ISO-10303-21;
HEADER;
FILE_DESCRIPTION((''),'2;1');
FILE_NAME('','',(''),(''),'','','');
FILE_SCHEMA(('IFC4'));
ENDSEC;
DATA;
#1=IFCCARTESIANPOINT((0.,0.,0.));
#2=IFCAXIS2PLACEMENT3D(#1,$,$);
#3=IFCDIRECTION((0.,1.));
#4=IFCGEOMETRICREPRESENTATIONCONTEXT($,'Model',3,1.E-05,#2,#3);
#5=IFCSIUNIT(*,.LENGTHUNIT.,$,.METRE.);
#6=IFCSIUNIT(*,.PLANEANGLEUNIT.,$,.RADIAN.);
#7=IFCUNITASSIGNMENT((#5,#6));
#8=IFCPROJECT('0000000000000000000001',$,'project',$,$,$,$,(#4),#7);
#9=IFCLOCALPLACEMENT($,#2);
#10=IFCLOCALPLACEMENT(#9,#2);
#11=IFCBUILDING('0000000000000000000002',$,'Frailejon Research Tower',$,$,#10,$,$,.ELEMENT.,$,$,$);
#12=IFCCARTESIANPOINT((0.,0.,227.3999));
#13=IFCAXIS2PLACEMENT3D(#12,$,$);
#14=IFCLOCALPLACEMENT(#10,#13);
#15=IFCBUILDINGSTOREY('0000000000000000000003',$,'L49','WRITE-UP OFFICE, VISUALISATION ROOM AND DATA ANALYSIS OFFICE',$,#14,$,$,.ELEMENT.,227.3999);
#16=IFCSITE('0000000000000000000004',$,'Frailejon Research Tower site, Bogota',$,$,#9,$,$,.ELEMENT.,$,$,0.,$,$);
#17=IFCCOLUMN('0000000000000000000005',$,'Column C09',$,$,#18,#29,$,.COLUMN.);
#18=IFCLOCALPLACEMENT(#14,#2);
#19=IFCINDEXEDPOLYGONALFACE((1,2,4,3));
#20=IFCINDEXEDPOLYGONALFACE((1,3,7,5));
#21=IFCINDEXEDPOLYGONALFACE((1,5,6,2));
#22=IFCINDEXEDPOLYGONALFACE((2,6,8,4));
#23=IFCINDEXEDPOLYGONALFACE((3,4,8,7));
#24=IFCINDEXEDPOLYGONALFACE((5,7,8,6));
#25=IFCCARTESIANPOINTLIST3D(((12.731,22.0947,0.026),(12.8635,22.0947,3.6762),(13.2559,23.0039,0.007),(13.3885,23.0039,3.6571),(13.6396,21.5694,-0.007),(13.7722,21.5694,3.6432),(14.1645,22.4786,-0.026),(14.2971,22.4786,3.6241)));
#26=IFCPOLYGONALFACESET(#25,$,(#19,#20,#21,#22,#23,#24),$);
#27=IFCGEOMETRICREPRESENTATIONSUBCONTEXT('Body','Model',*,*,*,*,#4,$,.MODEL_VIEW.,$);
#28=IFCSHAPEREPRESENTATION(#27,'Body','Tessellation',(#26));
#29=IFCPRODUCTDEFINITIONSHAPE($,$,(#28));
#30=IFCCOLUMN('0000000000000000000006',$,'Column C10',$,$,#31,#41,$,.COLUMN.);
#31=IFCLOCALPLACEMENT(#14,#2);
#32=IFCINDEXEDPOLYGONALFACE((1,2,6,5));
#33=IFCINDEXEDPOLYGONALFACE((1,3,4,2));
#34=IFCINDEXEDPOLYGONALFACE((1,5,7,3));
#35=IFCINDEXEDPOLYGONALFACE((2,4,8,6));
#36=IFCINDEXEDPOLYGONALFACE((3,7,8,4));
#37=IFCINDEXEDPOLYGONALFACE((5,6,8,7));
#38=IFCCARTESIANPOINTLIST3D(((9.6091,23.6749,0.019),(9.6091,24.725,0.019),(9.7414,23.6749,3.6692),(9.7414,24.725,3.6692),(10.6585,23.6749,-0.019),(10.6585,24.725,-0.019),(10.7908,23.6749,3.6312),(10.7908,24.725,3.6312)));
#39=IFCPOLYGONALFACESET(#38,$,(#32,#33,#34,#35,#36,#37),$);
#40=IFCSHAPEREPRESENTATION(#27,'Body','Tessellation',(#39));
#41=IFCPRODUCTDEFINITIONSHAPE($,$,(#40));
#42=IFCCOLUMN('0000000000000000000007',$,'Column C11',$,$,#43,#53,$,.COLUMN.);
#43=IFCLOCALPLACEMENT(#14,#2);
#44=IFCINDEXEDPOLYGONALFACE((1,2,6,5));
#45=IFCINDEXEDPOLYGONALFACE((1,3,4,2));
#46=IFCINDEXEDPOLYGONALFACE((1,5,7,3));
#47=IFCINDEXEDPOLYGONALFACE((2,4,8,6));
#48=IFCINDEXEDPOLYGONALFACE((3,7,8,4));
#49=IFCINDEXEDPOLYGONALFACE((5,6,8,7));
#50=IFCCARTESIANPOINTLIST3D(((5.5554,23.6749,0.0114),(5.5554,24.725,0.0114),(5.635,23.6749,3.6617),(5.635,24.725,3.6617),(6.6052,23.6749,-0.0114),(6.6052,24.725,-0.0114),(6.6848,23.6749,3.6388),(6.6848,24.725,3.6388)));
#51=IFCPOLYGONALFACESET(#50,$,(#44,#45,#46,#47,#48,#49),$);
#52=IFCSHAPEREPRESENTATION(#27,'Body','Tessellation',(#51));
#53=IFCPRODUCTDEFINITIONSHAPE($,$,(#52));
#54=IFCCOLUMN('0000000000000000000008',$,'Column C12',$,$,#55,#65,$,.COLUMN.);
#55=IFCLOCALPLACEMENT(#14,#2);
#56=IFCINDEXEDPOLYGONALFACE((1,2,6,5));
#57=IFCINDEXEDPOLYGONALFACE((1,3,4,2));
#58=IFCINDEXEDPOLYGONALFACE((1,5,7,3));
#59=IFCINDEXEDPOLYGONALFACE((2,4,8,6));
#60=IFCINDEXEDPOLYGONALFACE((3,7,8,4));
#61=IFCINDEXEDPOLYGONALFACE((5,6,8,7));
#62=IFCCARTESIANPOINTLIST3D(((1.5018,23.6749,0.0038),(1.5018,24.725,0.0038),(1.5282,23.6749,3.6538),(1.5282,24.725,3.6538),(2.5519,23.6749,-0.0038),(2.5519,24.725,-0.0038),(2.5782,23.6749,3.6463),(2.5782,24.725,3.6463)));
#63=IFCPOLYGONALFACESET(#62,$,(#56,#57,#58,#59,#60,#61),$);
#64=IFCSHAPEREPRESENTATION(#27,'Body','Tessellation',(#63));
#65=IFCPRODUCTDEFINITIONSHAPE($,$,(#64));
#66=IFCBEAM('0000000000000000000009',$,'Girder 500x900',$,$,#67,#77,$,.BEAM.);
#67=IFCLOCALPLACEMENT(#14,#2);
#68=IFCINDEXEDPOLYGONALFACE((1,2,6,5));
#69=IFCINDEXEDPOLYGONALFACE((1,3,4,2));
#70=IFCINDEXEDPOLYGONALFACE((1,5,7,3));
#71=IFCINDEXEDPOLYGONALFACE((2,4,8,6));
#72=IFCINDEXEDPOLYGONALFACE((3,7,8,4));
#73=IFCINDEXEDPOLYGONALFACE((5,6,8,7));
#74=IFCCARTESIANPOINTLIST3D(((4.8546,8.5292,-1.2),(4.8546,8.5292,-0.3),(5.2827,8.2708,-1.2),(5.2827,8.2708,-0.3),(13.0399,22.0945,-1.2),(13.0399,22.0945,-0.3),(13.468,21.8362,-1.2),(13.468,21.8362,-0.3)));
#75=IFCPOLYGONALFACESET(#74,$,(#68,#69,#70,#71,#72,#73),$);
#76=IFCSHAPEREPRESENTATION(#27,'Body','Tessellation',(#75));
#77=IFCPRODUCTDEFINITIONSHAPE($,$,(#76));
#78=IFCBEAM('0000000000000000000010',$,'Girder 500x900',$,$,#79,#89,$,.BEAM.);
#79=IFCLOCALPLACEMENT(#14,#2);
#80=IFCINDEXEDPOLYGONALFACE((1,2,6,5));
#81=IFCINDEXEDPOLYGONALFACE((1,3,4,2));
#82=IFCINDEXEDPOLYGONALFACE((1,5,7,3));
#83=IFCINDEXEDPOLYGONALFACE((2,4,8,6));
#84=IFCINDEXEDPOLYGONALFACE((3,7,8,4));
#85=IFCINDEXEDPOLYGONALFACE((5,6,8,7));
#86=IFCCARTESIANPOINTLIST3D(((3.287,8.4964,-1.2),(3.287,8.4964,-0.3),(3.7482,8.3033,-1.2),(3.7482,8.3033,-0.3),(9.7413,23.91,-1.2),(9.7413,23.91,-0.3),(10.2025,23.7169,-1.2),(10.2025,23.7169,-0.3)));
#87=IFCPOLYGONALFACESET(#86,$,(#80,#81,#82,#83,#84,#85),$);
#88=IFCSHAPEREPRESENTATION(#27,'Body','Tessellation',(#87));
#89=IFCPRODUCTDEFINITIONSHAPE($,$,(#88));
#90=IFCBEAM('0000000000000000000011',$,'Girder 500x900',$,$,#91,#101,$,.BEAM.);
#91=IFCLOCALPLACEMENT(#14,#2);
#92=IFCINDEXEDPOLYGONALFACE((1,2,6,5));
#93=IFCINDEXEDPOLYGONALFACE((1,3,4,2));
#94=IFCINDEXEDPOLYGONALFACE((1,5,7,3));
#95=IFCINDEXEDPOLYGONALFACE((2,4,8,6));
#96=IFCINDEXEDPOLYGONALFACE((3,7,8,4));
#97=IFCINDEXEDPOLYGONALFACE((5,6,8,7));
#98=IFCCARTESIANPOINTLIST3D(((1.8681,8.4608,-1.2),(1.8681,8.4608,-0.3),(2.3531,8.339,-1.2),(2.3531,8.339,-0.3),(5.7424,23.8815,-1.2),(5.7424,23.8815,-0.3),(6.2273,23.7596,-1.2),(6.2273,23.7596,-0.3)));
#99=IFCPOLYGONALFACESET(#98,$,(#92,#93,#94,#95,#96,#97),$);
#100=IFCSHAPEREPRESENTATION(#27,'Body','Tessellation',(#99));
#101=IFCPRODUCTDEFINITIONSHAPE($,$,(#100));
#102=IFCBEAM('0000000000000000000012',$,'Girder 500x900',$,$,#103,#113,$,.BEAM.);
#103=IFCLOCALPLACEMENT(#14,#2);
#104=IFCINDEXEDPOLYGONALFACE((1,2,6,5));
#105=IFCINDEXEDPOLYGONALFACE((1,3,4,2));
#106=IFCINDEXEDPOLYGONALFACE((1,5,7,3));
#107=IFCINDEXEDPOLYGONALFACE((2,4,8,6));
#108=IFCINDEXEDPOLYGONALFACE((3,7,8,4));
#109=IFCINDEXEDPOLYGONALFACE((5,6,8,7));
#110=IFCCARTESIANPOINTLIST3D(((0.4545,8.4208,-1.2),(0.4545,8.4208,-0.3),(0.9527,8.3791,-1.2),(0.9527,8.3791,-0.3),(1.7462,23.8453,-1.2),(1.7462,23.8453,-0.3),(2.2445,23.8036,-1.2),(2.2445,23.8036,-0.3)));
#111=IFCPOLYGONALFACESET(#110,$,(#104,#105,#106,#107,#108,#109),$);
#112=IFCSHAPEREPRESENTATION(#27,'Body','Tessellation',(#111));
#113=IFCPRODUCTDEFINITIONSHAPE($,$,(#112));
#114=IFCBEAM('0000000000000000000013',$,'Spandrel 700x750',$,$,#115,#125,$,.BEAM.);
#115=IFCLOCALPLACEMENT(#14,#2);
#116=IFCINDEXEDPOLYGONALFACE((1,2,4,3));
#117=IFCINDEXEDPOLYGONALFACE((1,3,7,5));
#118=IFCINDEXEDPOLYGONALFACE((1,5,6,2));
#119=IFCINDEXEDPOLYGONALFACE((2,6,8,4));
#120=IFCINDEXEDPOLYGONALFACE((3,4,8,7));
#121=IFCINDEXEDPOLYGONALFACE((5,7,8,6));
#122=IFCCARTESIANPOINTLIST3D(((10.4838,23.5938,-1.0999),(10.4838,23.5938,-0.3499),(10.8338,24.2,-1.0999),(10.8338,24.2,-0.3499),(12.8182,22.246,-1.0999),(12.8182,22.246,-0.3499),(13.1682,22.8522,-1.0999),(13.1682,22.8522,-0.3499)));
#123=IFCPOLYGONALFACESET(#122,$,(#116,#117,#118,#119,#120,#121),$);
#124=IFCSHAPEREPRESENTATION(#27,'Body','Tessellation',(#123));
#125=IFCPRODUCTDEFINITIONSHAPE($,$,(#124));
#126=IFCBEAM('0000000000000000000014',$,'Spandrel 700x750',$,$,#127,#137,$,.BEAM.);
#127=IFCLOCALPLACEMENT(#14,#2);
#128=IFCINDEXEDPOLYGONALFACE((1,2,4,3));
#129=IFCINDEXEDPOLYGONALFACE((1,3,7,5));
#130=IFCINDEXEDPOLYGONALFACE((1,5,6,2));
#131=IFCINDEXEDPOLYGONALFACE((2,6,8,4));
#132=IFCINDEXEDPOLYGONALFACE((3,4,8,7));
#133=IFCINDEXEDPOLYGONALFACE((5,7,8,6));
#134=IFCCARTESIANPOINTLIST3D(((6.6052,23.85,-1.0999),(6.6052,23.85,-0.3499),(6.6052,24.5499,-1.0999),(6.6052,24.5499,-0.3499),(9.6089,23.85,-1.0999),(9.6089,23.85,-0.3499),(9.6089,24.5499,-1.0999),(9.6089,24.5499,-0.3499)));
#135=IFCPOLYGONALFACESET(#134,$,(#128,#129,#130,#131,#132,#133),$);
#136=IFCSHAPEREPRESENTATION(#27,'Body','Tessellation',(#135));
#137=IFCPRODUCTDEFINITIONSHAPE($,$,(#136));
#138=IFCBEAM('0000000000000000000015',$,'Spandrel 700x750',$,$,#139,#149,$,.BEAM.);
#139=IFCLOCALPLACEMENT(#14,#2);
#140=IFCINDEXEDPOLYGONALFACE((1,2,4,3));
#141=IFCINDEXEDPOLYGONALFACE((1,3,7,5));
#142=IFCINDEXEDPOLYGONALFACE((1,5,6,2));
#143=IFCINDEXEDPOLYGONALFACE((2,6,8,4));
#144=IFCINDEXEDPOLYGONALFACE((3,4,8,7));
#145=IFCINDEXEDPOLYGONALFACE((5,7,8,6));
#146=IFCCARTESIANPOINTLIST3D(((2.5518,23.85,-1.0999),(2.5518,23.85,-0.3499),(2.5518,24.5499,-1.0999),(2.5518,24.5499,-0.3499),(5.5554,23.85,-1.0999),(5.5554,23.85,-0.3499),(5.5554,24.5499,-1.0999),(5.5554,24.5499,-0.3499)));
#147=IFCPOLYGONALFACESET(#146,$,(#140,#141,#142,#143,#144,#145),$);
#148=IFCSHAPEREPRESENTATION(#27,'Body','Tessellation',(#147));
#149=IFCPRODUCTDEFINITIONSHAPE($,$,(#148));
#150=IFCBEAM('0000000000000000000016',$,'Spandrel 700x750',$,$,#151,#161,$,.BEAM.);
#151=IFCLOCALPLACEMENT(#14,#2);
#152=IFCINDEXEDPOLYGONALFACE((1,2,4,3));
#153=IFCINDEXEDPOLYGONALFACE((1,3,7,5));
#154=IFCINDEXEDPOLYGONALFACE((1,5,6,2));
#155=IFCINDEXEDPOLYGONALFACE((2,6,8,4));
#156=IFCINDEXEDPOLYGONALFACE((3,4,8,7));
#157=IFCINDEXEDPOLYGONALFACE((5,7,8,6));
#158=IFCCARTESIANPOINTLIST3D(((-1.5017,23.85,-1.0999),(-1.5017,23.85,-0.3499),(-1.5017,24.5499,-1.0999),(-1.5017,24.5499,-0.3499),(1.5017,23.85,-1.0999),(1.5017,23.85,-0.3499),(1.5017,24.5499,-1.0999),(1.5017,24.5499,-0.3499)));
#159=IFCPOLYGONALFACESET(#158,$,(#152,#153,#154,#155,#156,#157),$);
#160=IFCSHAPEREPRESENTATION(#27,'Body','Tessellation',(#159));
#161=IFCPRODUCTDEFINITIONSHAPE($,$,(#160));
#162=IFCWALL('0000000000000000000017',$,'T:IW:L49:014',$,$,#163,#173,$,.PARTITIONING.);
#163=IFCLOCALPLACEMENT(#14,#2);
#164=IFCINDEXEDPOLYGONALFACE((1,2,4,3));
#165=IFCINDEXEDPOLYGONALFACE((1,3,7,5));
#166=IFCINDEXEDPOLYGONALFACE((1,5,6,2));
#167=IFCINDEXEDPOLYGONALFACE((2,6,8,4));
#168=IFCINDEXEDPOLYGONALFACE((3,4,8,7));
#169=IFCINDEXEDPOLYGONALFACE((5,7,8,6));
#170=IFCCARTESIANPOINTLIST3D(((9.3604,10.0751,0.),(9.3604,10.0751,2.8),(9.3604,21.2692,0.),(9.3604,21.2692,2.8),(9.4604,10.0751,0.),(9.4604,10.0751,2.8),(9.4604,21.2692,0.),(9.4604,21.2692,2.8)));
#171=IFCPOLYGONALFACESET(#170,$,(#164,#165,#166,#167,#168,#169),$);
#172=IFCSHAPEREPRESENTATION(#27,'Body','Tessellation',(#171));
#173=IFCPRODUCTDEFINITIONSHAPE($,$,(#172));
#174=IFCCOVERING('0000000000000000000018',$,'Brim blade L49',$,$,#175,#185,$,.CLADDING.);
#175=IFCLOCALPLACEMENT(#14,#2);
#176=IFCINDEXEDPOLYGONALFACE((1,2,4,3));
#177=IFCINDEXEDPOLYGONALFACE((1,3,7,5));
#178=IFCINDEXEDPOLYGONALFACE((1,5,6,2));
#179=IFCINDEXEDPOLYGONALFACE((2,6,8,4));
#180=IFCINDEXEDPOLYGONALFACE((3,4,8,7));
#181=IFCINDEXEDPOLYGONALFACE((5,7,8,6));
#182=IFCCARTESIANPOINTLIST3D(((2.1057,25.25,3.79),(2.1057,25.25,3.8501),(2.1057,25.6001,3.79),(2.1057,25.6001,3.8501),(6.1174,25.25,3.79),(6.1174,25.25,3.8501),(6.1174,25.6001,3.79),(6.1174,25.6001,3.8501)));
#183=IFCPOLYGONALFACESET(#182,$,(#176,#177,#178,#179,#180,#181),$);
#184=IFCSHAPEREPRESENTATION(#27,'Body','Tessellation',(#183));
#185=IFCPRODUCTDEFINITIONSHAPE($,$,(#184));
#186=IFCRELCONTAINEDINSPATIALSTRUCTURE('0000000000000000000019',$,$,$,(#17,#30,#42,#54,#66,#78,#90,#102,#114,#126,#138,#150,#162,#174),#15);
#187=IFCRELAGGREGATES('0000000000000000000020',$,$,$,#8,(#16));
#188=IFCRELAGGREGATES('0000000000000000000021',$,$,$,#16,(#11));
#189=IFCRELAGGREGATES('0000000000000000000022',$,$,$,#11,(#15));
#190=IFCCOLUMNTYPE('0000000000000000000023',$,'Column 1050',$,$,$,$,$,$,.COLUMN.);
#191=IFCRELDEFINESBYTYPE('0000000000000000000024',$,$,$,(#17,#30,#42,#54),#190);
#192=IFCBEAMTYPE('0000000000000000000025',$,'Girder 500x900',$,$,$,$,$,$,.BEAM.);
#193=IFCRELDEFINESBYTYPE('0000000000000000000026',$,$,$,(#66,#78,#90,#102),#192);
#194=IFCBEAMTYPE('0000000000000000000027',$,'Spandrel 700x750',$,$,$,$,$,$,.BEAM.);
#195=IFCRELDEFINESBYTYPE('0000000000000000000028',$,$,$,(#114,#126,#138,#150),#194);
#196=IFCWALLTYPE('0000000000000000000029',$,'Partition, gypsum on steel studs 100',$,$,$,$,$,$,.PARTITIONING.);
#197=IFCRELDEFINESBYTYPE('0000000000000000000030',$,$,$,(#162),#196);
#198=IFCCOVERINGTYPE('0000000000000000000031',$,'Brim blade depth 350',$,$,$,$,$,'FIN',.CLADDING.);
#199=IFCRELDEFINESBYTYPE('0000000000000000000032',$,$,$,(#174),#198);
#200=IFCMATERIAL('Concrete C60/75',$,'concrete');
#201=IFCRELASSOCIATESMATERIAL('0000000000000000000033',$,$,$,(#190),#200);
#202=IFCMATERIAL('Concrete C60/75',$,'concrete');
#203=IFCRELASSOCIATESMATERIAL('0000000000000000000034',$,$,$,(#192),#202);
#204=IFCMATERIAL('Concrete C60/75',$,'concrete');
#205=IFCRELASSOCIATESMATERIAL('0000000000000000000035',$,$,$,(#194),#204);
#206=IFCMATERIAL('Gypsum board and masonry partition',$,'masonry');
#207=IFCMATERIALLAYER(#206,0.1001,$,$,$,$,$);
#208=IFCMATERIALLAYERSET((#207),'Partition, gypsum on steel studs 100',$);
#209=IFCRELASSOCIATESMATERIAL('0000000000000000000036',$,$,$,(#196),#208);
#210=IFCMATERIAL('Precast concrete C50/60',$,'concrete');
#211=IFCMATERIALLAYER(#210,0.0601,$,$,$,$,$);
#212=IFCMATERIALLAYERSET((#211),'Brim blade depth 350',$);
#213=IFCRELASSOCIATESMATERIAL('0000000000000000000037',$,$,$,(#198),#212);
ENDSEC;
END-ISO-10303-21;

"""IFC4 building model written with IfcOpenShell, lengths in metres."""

from ifc_helpers import new_model, si_unit, direction, frame, frame_2d, origin, origin_2d, place, context, subcontext, project, spatial, polyline, rectangle, outline, extrude, material, layer, layer_set, material_profile, profile_set, type_object, element, save


model = new_model("IFC4")

# Units and contexts
model_context = context("Model", 3, precision=1e-05, world=origin(), true_north=direction((0.0, 1.0)))
body_context = subcontext(model_context, "Body", "Model", "MODEL_VIEW")
ifc_project = project(units=[si_unit("LENGTHUNIT", "METRE"), si_unit("PLANEANGLEUNIT", "RADIAN")], contexts=[model_context])

# Site, building, storey
site_placement = place(None, origin())
site = spatial("IfcSite", under=ifc_project, at=site_placement, Name="Frailejon Research Tower site, Bogota", CompositionType="ELEMENT", RefElevation=0.0)
building_placement = place(site_placement, origin())
building = spatial("IfcBuilding", under=site, at=building_placement, Name="Frailejon Research Tower", CompositionType="ELEMENT")
storey_placement = place(building_placement, frame((0.0, 0.0, 227.3999)))
storey = spatial("IfcBuildingStorey", under=building, at=storey_placement, Name="L49", Description="WRITE-UP OFFICE, VISUALISATION ROOM AND DATA ANALYSIS OFFICE", CompositionType="ELEMENT", Elevation=227.3999)

# Columns
ifc_material_1 = material(Name="Concrete C60/75", Category="concrete")
ifc_material_profile_1 = material_profile(ifc_material_1, rectangle(XDim=1.05, YDim=1.05, at=origin_2d()), Name="Column 1050")
ifc_profile_set_1 = profile_set([ifc_material_profile_1], Name="Concrete C60/75")
column_type = type_object("IfcColumnType", Name="Column 1050", PredefinedType="COLUMN", material=ifc_profile_set_1)
for number, where, z_axis, x_axis, name in (
    (1, (13.4478, 22.2866, 0.0), (0.036295, 0.0, 0.999341), (-0.865313, 0.500246, 0.031427), "Column C09"),
    (2, (10.1338, 24.2, 0.0), (0.036228, 0.0, 0.999344), (-0.999344, 0.0, 0.036228), "Column C10"),
):
    element("IfcColumn", number, at=place(storey_placement, frame(where, z_axis=z_axis, x_axis=x_axis)), inside=storey, type_object=column_type, Name=name, PredefinedType="COLUMN", context=body_context, shape_type="SweptSolid", body=[
        extrude(rectangle(XDim=1.05, YDim=1.05, at=origin_2d()), origin(), (0.0, 0.0, 1.0), 3.6526),
    ])
column_1_placement = place(storey_placement, frame((6.0803, 24.2, 0.0), z_axis=(0.021799, 0.0, 0.999762), x_axis=(-0.999762, 0.0, 0.021799)))
element("IfcColumn", 3, at=column_1_placement, inside=storey, type_object=column_type, Name="Column C11", PredefinedType="COLUMN", context=body_context, shape_type="SweptSolid", body=[
    extrude(rectangle(XDim=1.05, YDim=1.05, at=origin_2d()), origin(), (0.0, 0.0, 1.0), 3.6511),
])
column_2_placement = place(storey_placement, frame((2.0269, 24.2, 0.0), z_axis=(0.007223, 0.0, 0.999974), x_axis=(-0.999974, 0.0, 0.007223)))
element("IfcColumn", 4, at=column_2_placement, inside=storey, type_object=column_type, Name="Column C12", PredefinedType="COLUMN", context=body_context, shape_type="SweptSolid", body=[
    extrude(rectangle(XDim=1.05, YDim=1.05, at=origin_2d()), origin(), (0.0, 0.0, 1.0), 3.6501),
])

# Beams
ifc_material_2 = material(Name="Concrete C60/75", Category="concrete")
ifc_material_profile_2 = material_profile(ifc_material_2, rectangle(XDim=0.5, YDim=0.8999, at=origin_2d()), Name="Girder 500x900")
ifc_profile_set_2 = profile_set([ifc_material_profile_2], Name="Concrete C60/75")
beam_type_1 = type_object("IfcBeamType", Name="Girder 500x900", PredefinedType="BEAM", material=ifc_profile_set_2)
beam_1_placement = place(storey_placement, frame((13.2539, 21.9653, -0.75), z_axis=(-0.516631, -0.856208, 0.0), x_axis=(0.856208, -0.516631, 0.0)))
element("IfcBeam", 5, at=beam_1_placement, inside=storey, type_object=beam_type_1, Name="Girder 500x900", PredefinedType="BEAM", context=body_context, shape_type="SweptSolid", body=[
    extrude(rectangle(XDim=0.5, YDim=0.8999, at=origin_2d()), origin(), (0.0, 0.0, 1.0), 15.8435),
])
beam_2_placement = place(storey_placement, frame((9.9719, 23.8135, -0.75), z_axis=(-0.386248, -0.922395, 0.0), x_axis=(0.922395, -0.386248, 0.0)))
element("IfcBeam", 6, at=beam_2_placement, inside=storey, type_object=beam_type_1, Name="Girder 500x900", PredefinedType="BEAM", context=body_context, shape_type="SweptSolid", body=[
    extrude(rectangle(XDim=0.5, YDim=0.8999, at=origin_2d()), origin(), (0.0, 0.0, 1.0), 16.7104),
])
beam_3_placement = place(storey_placement, frame((5.9849, 23.8206, -0.75), z_axis=(-0.243666, -0.969859, 0.0), x_axis=(0.969859, -0.243666, 0.0)))
element("IfcBeam", 7, at=beam_3_placement, inside=storey, type_object=beam_type_1, Name="Girder 500x900", PredefinedType="BEAM", context=body_context, shape_type="SweptSolid", body=[
    extrude(rectangle(XDim=0.5, YDim=0.8999, at=origin_2d()), origin(), (0.0, 0.0, 1.0), 15.8999),
])
beam_4_placement = place(storey_placement, frame((1.9954, 23.8245, -0.75), z_axis=(-0.083454, -0.996512, 0.0), x_axis=(0.996512, -0.083454, 0.0)))
element("IfcBeam", 8, at=beam_4_placement, inside=storey, type_object=beam_type_1, Name="Girder 500x900", PredefinedType="BEAM", context=body_context, shape_type="SweptSolid", body=[
    extrude(rectangle(XDim=0.5, YDim=0.8999, at=origin_2d()), origin(), (0.0, 0.0, 1.0), 15.4785),
])
ifc_material_3 = material(Name="Concrete C60/75", Category="concrete")
ifc_material_profile_3 = material_profile(ifc_material_3, rectangle(XDim=0.7, YDim=0.75, at=origin_2d()), Name="Spandrel 700x750")
ifc_profile_set_3 = profile_set([ifc_material_profile_3], Name="Concrete C60/75")
beam_type_2 = type_object("IfcBeamType", Name="Spandrel 700x750", PredefinedType="BEAM", material=ifc_profile_set_3)
beam_5_placement = place(storey_placement, frame((12.9932, 22.5491, -0.7249), z_axis=(-0.866011, 0.500026, 0.0), x_axis=(-0.500026, -0.866011, 0.0)))
element("IfcBeam", 9, at=beam_5_placement, inside=storey, type_object=beam_type_2, Name="Spandrel 700x750", PredefinedType="BEAM", context=body_context, shape_type="SweptSolid", body=[
    extrude(rectangle(XDim=0.7, YDim=0.75, at=origin_2d()), origin(), (0.0, 0.0, 1.0), 2.6956),
])
for number, where, z_axis, x_axis, name in (
    (10, (9.6089, 24.2, -0.7249), (-1.0, 0.0, 0.0), (0.0, -1.0, 0.0), "Spandrel 700x750"),
    (11, (5.5554, 24.2, -0.7249), (-1.0, 0.0, 0.0), (0.0, -1.0, 0.0), "Spandrel 700x750"),
):
    element("IfcBeam", number, at=place(storey_placement, frame(where, z_axis=z_axis, x_axis=x_axis)), inside=storey, type_object=beam_type_2, Name=name, PredefinedType="BEAM", context=body_context, shape_type="SweptSolid", body=[
        extrude(rectangle(XDim=0.7, YDim=0.75, at=origin_2d()), origin(), (0.0, 0.0, 1.0), 3.0037),
    ])
beam_6_placement = place(storey_placement, frame((1.5017, 24.2, -0.7249), z_axis=(-1.0, 0.0, 0.0), x_axis=(0.0, -1.0, 0.0)))
element("IfcBeam", 12, at=beam_6_placement, inside=storey, type_object=beam_type_2, Name="Spandrel 700x750", PredefinedType="BEAM", context=body_context, shape_type="SweptSolid", body=[
    extrude(rectangle(XDim=0.7, YDim=0.75, at=origin_2d()), origin(), (0.0, 0.0, 1.0), 3.0034),
])

# Wall
ifc_material_4 = material(Name="Gypsum board and masonry partition", Category="masonry")
ifc_layer_1 = layer(ifc_material_4, 0.1001)
ifc_layer_set_1 = layer_set([ifc_layer_1], Name="Partition, gypsum on steel studs 100")
wall_type_1 = type_object("IfcWallType", Name="Partition, gypsum on steel studs 100", PredefinedType="PARTITIONING", material=ifc_layer_set_1)
wall_1_placement = place(storey_placement, frame((9.4104, 10.075, 0.0), z_axis=(0.0, 0.0, 1.0), x_axis=(0.0, 1.0, 0.0)))
element("IfcWall", 13, at=wall_1_placement, inside=storey, type_object=wall_type_1, Name="T:IW:L49:014", PredefinedType="PARTITIONING", context=body_context, shape_type="SweptSolid", body=[
    extrude(rectangle(XDim=11.1941, YDim=0.1001, at=frame_2d((5.5972, 0.0))), origin(), (0.0, 0.0, 1.0), 2.8),
])

# Covering
ifc_material_5 = material(Name="Precast concrete C50/60", Category="concrete")
ifc_layer_2 = layer(ifc_material_5, 0.0601)
ifc_layer_set_2 = layer_set([ifc_layer_2], Name="Brim blade depth 350")
covering_type_1 = type_object("IfcCoveringType", Name="Brim blade depth 350", ElementType="FIN", PredefinedType="CLADDING", material=ifc_layer_set_2)
covering_1_placement = place(storey_placement, frame((2.1057, 25.25, 3.8501), z_axis=(1.0, 0.0, 0.0), x_axis=(0.0, 1.0, 0.0)))
element("IfcCovering", 14, at=covering_1_placement, inside=storey, type_object=covering_type_1, Name="Brim blade L49", PredefinedType="CLADDING", context=body_context, shape_type="SweptSolid", body=[
    extrude(outline(polyline([(0.0, -0.0601), (0.3501, -0.0601), (0.3501, 0.0), (0.0, 0.0), (0.0, -0.0601)])), origin(), (0.0, 0.0, 1.0), 4.0117),
])

save(model, "model.ifc")
